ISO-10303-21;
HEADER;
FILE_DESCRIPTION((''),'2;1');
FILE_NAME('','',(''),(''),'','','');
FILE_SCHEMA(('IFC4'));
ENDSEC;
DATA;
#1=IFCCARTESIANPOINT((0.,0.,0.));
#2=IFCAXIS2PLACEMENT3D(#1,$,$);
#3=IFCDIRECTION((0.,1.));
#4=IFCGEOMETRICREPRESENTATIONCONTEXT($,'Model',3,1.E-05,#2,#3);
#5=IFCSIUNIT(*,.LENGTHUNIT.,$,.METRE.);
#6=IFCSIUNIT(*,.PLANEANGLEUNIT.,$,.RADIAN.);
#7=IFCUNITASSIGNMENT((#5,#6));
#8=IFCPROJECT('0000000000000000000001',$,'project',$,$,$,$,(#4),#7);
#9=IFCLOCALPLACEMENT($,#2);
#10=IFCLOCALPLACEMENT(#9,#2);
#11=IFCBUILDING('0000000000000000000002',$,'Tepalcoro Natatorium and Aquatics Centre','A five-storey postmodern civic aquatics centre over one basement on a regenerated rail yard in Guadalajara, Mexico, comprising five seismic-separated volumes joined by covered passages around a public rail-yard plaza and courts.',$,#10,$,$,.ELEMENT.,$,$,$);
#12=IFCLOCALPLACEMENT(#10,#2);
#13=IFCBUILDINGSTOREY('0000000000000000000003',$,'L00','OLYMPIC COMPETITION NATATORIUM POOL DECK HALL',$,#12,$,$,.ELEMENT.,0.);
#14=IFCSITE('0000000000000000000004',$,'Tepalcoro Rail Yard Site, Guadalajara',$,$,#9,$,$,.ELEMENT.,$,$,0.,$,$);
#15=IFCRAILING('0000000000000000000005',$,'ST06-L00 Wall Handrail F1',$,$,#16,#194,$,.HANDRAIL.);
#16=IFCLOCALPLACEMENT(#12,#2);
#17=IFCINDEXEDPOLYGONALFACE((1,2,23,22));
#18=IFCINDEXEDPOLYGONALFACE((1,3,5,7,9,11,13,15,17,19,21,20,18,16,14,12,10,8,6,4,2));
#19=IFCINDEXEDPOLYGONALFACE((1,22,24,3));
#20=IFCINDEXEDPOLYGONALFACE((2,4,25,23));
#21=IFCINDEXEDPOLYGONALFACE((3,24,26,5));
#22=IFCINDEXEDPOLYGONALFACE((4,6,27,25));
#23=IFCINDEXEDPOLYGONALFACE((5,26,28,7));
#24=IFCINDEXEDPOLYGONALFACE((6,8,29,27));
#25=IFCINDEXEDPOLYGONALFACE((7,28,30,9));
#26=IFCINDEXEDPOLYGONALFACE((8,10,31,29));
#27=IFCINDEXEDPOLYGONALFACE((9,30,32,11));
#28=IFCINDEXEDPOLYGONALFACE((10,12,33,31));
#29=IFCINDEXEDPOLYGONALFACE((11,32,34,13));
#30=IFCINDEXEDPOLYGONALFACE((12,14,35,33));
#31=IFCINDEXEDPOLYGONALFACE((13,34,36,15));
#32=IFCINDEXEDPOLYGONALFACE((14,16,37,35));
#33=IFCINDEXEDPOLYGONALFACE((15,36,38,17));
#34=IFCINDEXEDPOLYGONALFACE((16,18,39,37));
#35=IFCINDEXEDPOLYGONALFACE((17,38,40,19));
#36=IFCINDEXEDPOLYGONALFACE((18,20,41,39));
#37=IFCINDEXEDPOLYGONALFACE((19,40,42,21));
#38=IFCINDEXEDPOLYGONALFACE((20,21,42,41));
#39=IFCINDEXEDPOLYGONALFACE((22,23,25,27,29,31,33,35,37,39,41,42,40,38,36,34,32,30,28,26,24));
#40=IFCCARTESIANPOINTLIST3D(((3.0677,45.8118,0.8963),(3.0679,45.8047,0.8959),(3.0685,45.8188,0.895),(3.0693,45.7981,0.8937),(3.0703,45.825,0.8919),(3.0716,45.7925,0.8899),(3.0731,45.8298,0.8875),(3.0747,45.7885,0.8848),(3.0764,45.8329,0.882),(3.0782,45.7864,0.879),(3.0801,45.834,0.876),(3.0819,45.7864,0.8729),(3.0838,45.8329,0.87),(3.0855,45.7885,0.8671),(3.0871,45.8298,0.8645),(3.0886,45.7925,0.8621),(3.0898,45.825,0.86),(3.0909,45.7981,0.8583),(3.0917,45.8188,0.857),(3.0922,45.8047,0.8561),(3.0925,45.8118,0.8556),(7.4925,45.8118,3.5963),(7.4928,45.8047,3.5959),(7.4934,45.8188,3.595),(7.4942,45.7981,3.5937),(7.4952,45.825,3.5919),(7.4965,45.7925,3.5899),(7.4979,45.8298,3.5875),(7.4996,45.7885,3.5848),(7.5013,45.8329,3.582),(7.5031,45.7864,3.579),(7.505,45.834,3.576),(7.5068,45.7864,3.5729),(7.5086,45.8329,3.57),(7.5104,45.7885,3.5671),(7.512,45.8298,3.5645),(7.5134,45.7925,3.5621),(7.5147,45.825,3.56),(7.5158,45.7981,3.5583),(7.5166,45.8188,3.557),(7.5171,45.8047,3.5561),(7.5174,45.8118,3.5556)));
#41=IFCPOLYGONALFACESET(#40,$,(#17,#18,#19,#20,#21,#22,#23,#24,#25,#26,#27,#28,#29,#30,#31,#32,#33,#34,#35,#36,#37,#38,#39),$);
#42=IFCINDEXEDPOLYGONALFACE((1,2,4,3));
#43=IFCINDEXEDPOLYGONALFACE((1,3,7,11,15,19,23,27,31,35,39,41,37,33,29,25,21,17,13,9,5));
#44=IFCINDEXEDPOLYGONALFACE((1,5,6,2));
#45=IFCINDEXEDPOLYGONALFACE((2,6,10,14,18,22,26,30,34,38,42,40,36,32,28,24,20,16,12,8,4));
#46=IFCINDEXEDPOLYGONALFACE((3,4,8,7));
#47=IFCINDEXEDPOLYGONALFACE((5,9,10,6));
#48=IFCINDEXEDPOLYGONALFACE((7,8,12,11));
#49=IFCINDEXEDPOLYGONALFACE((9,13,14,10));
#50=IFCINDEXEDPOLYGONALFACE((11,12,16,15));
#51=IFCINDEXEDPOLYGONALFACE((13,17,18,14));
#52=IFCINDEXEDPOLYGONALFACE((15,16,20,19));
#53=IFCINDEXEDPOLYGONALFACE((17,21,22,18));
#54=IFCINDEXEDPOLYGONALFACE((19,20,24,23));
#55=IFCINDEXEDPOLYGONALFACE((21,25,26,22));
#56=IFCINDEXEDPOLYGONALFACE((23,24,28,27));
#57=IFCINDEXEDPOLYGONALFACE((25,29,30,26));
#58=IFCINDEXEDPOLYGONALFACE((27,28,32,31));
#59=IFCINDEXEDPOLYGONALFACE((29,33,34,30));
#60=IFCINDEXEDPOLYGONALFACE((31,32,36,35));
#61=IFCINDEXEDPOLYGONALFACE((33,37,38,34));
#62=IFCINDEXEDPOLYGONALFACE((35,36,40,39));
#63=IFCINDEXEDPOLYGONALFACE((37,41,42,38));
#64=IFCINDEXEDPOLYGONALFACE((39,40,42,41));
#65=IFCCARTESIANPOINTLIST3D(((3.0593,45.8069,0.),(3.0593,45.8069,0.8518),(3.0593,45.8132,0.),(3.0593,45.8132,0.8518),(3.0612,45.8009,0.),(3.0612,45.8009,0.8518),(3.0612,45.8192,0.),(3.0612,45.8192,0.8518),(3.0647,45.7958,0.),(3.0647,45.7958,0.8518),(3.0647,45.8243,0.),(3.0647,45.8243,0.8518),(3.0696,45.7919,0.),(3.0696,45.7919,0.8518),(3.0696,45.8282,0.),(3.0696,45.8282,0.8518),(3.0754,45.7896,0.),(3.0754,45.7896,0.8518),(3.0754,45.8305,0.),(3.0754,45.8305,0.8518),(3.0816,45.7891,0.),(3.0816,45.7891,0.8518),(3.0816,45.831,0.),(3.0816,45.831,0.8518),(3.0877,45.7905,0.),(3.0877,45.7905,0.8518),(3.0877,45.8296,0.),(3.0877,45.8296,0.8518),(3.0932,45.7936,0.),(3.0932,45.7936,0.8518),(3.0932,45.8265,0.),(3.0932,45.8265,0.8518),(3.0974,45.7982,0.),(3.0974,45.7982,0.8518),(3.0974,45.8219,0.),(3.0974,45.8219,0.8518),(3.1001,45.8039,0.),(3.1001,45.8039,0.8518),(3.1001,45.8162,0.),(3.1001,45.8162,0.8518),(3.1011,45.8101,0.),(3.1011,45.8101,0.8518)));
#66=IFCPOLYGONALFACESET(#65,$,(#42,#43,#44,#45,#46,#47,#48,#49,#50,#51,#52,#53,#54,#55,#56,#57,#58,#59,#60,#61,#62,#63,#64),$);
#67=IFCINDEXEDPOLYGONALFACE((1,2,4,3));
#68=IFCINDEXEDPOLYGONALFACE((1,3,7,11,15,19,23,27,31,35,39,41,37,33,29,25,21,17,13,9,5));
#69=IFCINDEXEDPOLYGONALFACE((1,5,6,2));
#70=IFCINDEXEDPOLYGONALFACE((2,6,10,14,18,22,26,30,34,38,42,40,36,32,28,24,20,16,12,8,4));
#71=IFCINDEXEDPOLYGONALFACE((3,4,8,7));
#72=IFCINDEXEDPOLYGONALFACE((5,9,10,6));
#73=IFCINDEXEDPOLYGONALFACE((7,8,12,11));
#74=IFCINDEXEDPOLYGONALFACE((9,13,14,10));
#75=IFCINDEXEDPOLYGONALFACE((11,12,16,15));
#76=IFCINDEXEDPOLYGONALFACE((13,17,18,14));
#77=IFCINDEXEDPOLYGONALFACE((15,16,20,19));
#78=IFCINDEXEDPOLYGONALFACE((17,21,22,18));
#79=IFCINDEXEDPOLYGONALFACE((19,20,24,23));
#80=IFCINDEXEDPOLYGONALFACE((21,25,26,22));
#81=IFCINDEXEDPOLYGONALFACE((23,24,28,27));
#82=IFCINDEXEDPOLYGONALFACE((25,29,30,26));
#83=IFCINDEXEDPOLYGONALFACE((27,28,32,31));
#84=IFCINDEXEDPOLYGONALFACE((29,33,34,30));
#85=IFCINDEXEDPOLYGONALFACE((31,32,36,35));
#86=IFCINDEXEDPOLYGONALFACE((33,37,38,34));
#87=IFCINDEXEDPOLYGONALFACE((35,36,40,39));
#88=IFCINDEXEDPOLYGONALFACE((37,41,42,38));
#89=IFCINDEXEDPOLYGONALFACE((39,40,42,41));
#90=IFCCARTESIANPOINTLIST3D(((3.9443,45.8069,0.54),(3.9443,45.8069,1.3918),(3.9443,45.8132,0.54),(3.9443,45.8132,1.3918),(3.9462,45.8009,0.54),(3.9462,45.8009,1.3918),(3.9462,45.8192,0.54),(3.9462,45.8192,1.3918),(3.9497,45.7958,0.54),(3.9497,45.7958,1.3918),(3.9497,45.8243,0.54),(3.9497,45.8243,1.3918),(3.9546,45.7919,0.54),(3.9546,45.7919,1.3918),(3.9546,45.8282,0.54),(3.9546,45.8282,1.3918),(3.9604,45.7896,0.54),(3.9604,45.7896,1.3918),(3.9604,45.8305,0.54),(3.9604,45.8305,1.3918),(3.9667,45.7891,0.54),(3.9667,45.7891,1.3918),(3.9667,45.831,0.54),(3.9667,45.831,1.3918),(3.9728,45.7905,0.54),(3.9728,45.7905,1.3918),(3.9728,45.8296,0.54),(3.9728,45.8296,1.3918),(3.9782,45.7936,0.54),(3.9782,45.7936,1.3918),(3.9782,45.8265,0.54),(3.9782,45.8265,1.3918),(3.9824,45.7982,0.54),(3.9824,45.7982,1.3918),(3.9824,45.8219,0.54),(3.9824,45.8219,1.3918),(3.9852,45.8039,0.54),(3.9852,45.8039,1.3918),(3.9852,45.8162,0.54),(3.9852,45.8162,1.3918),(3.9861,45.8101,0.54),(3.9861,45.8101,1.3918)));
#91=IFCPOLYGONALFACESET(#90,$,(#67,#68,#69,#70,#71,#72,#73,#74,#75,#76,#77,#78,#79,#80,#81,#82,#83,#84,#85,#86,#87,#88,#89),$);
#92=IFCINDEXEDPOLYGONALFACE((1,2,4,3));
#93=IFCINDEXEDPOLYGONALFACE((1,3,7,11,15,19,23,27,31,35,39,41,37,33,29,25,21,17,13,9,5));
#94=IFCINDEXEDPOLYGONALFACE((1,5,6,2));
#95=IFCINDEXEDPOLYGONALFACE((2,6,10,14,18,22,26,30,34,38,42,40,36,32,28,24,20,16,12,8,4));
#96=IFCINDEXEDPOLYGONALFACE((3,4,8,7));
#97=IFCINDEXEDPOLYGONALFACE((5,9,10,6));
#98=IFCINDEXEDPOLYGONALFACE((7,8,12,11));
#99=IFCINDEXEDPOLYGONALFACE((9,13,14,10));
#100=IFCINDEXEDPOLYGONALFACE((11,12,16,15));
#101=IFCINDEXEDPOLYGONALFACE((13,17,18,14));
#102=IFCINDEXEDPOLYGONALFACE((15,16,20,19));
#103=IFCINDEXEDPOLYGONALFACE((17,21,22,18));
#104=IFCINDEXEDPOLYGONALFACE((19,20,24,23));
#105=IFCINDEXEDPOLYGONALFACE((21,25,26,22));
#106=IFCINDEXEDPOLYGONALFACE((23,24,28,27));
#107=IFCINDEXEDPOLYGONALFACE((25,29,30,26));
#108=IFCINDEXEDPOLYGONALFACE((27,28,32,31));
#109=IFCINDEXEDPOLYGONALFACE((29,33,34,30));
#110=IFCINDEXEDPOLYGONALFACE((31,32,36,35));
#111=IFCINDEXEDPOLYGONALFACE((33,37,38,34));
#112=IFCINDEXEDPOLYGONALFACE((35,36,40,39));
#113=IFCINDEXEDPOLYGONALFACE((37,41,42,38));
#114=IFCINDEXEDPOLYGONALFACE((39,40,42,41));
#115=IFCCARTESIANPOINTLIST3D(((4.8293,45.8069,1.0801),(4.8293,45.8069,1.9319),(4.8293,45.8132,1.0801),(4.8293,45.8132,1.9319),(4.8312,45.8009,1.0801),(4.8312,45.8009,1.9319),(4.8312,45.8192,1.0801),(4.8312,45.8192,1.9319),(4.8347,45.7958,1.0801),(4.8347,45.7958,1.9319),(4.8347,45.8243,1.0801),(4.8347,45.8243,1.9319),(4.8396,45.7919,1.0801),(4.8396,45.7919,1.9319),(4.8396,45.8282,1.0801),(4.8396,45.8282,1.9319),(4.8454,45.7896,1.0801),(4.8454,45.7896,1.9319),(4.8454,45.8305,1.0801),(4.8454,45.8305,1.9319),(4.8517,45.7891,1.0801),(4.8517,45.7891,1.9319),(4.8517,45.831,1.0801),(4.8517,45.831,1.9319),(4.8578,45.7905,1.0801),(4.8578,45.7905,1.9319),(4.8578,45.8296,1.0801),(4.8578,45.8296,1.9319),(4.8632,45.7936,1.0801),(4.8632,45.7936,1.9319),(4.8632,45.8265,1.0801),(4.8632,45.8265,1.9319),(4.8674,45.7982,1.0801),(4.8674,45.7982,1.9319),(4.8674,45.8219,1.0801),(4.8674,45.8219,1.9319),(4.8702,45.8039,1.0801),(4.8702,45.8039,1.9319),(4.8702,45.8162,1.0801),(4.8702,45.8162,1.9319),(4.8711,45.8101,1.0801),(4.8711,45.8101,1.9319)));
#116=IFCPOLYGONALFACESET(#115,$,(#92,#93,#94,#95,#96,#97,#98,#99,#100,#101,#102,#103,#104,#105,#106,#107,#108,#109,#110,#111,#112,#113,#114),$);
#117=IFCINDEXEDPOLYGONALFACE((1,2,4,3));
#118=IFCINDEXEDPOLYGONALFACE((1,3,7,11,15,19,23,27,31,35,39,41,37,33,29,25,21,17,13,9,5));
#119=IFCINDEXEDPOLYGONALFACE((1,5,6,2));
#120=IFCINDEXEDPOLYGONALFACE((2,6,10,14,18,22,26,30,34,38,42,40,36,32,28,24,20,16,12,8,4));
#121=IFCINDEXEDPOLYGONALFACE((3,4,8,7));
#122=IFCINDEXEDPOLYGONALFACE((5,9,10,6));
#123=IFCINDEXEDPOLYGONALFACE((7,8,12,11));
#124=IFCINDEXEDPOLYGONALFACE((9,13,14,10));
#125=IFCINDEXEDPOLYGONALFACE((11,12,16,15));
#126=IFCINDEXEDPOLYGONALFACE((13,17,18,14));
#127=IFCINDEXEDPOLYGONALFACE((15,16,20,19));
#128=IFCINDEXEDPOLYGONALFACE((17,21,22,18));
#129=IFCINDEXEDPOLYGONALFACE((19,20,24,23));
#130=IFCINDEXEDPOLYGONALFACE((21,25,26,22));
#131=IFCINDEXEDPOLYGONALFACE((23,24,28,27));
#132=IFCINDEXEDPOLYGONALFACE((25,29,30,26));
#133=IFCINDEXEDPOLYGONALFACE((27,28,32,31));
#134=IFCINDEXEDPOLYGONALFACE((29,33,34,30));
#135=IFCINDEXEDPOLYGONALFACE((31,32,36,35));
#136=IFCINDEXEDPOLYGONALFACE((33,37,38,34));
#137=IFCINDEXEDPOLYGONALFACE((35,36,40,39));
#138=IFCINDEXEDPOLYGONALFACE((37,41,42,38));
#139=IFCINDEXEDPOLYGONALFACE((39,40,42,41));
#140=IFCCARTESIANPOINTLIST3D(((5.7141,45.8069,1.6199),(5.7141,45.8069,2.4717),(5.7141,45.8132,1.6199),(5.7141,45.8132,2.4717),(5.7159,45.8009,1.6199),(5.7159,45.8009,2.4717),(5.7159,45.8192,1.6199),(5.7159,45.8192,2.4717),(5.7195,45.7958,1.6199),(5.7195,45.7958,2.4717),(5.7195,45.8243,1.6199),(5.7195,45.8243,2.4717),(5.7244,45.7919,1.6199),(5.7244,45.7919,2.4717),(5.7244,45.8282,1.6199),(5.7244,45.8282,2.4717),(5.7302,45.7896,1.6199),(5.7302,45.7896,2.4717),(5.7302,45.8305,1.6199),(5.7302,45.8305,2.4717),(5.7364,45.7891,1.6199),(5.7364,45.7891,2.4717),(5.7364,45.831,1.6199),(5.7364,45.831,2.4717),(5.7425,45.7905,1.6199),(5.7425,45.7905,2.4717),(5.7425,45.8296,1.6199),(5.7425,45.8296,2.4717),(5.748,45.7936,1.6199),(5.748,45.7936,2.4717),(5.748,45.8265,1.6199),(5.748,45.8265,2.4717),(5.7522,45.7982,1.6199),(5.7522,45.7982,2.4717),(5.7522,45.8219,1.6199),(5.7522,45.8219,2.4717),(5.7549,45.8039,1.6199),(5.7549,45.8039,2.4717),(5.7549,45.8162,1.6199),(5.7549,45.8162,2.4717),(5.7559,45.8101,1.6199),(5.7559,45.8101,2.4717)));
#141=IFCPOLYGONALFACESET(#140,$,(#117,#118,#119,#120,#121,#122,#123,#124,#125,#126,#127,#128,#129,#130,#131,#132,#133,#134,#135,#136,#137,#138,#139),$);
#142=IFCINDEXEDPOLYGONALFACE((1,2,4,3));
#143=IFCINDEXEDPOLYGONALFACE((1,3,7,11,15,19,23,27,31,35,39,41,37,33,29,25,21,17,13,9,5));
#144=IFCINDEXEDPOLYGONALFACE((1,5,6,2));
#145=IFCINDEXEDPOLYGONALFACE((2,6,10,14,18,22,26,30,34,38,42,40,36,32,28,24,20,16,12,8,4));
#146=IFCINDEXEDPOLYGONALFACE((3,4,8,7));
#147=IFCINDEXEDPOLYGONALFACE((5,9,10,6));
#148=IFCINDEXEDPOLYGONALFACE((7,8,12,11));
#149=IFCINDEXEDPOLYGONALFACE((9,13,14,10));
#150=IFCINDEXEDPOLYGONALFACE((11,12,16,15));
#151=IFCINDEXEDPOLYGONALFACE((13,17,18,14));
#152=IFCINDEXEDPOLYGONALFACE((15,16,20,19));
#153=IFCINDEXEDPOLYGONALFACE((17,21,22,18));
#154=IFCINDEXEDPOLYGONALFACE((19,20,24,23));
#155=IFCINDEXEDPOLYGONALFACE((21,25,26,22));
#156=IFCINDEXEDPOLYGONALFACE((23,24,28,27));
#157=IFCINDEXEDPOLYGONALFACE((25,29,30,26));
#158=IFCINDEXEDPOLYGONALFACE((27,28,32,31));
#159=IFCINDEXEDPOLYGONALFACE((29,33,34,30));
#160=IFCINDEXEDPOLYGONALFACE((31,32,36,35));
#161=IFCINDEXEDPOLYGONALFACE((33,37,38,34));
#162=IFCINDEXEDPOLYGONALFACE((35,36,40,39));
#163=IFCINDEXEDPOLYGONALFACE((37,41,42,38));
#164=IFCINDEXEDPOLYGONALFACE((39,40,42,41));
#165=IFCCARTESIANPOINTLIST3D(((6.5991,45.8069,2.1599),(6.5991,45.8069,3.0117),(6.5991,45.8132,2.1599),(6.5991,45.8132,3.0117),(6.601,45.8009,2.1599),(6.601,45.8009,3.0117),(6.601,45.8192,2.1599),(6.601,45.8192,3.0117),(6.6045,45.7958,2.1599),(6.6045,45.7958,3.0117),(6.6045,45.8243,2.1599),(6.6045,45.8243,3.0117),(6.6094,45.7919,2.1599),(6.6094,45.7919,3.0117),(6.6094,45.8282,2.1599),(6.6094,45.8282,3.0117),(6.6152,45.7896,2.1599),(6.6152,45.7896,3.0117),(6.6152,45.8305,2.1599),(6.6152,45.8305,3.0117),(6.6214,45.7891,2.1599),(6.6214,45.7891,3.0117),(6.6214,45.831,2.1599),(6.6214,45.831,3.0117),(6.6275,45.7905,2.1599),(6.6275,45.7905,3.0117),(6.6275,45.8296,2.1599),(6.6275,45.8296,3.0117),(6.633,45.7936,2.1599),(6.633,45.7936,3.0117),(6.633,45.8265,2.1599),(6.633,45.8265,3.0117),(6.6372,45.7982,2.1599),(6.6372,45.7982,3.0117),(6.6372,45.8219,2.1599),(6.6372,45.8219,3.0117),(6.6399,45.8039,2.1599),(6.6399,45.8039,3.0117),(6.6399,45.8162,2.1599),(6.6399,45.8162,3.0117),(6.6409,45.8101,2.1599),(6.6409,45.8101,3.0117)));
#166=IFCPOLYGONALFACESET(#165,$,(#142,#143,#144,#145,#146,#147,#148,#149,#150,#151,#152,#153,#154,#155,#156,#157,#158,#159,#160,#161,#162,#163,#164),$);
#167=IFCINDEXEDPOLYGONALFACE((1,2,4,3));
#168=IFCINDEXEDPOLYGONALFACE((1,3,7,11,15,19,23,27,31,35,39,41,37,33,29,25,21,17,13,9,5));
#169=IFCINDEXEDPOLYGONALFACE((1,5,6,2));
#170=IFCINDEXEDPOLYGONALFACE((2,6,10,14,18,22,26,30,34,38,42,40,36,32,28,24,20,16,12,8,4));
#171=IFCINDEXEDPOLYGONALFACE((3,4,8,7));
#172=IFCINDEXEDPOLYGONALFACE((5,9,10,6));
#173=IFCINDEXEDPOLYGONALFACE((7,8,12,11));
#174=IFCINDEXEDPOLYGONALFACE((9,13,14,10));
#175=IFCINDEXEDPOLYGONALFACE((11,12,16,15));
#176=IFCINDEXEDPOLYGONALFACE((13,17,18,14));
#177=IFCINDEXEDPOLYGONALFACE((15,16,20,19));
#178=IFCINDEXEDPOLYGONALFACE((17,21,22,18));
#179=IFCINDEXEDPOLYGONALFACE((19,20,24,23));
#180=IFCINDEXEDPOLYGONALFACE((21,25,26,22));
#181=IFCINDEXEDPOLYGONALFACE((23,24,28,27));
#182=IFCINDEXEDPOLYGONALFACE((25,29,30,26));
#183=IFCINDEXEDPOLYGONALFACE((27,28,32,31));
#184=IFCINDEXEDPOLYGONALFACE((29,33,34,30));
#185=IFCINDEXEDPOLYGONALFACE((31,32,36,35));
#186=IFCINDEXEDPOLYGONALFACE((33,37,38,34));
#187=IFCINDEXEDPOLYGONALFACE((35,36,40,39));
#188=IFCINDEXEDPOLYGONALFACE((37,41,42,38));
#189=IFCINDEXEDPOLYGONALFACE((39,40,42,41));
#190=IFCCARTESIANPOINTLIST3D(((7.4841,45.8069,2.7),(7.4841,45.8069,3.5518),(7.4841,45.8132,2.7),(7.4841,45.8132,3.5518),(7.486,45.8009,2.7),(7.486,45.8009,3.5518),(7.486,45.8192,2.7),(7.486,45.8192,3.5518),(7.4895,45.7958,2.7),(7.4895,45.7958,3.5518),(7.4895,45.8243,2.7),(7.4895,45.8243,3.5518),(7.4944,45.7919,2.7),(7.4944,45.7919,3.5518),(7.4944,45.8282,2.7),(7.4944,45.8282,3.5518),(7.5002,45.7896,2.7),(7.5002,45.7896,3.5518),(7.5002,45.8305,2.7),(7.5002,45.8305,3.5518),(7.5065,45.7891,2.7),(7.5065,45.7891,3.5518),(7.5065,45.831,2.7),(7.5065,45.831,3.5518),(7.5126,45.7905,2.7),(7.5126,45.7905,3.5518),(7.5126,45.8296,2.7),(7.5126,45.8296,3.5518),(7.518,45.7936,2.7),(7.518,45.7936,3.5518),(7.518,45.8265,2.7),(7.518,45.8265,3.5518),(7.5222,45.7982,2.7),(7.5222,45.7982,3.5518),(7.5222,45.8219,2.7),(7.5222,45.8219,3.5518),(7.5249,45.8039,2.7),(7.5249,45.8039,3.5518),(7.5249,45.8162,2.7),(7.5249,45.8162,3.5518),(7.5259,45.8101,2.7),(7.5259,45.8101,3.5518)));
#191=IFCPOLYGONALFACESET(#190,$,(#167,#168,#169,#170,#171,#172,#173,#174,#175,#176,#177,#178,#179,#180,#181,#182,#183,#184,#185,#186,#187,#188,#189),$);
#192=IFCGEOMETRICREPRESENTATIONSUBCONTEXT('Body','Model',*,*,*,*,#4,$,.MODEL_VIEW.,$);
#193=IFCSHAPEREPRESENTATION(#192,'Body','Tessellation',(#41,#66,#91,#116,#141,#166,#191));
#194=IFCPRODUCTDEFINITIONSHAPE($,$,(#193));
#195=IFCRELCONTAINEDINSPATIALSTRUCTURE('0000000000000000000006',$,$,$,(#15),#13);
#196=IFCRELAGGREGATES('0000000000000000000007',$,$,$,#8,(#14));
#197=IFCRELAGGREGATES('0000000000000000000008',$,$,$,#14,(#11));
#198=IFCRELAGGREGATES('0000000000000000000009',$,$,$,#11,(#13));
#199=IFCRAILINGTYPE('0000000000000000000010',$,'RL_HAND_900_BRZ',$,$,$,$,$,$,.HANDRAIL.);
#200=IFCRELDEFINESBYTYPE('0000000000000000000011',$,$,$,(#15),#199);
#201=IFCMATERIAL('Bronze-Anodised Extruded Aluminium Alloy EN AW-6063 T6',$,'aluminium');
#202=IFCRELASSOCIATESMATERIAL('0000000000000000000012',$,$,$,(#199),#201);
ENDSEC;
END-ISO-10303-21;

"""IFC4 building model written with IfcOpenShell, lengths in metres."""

from ifc_helpers import new_model, si_unit, direction, frame, origin, origin_2d, place, context, subcontext, project, spatial, circle, extrude, material, type_object, element, save


model = new_model("IFC4")

# Units and contexts
model_context = context("Model", 3, precision=1e-05, world=origin(), true_north=direction((0.0, 1.0)))
body_context = subcontext(model_context, "Body", "Model", "MODEL_VIEW")
ifc_project = project(units=[si_unit("LENGTHUNIT", "METRE"), si_unit("PLANEANGLEUNIT", "RADIAN")], contexts=[model_context])

# Site, building, storey
site_placement = place(None, origin())
site = spatial("IfcSite", under=ifc_project, at=site_placement, Name="Tepalcoro Rail Yard Site, Guadalajara", CompositionType="ELEMENT", RefElevation=0.0)
building_placement = place(site_placement, origin())
building = spatial("IfcBuilding", under=site, at=building_placement, Name="Tepalcoro Natatorium and Aquatics Centre", Description="A five-storey postmodern civic aquatics centre over one basement on a regenerated rail yard in Guadalajara, Mexico, comprising five seismic-separated volumes joined by covered passages around a public rail-yard plaza and courts.", CompositionType="ELEMENT")
storey_placement = place(building_placement, origin())
storey = spatial("IfcBuildingStorey", under=building, at=storey_placement, Name="L00", Description="OLYMPIC COMPETITION NATATORIUM POOL DECK HALL", CompositionType="ELEMENT", Elevation=0.0)

# Shared definitions
ifc_material_1 = material(Name="Bronze-Anodised Extruded Aluminium Alloy EN AW-6063 T6", Category="aluminium")

# Railing
railing_type_1 = type_object("IfcRailingType", Name="RL_HAND_900_BRZ", PredefinedType="HANDRAIL", material=ifc_material_1)
railing_1_placement = place(storey_placement, frame((3.0801, 45.8101, 0.0)))
element("IfcRailing", 1, at=railing_1_placement, inside=storey, type_object=railing_type_1, Name="ST06-L00 Wall Handrail F1", PredefinedType="HANDRAIL", context=body_context, shape_type="SweptSolid", body=[
    extrude(circle(Radius=0.0239, at=origin_2d()), frame((0.0, 0.0, 0.876), z_axis=(0.853633, 0.0, 0.520875), x_axis=(0.0, 1.0, 0.0)), (0.0, 0.0, 1.0), 5.1836),
    extrude(circle(Radius=0.021, at=origin_2d()), origin(), (0.0, 0.0, 1.0), 0.8518),
    extrude(circle(Radius=0.021, at=origin_2d()), frame((0.885, 0.0, 0.54)), (0.0, 0.0, 1.0), 0.8518),
    extrude(circle(Radius=0.021, at=origin_2d()), frame((1.77, 0.0, 1.0801)), (0.0, 0.0, 1.0), 0.8518),
    extrude(circle(Radius=0.021, at=origin_2d()), frame((2.6548, 0.0, 1.6199)), (0.0, 0.0, 1.0), 0.8518),
    extrude(circle(Radius=0.021, at=origin_2d()), frame((3.5398, 0.0, 2.1599)), (0.0, 0.0, 1.0), 0.8518),
    extrude(circle(Radius=0.021, at=origin_2d()), frame((4.4248, 0.0, 2.7)), (0.0, 0.0, 1.0), 0.8518),
])

save(model, "model.ifc")
